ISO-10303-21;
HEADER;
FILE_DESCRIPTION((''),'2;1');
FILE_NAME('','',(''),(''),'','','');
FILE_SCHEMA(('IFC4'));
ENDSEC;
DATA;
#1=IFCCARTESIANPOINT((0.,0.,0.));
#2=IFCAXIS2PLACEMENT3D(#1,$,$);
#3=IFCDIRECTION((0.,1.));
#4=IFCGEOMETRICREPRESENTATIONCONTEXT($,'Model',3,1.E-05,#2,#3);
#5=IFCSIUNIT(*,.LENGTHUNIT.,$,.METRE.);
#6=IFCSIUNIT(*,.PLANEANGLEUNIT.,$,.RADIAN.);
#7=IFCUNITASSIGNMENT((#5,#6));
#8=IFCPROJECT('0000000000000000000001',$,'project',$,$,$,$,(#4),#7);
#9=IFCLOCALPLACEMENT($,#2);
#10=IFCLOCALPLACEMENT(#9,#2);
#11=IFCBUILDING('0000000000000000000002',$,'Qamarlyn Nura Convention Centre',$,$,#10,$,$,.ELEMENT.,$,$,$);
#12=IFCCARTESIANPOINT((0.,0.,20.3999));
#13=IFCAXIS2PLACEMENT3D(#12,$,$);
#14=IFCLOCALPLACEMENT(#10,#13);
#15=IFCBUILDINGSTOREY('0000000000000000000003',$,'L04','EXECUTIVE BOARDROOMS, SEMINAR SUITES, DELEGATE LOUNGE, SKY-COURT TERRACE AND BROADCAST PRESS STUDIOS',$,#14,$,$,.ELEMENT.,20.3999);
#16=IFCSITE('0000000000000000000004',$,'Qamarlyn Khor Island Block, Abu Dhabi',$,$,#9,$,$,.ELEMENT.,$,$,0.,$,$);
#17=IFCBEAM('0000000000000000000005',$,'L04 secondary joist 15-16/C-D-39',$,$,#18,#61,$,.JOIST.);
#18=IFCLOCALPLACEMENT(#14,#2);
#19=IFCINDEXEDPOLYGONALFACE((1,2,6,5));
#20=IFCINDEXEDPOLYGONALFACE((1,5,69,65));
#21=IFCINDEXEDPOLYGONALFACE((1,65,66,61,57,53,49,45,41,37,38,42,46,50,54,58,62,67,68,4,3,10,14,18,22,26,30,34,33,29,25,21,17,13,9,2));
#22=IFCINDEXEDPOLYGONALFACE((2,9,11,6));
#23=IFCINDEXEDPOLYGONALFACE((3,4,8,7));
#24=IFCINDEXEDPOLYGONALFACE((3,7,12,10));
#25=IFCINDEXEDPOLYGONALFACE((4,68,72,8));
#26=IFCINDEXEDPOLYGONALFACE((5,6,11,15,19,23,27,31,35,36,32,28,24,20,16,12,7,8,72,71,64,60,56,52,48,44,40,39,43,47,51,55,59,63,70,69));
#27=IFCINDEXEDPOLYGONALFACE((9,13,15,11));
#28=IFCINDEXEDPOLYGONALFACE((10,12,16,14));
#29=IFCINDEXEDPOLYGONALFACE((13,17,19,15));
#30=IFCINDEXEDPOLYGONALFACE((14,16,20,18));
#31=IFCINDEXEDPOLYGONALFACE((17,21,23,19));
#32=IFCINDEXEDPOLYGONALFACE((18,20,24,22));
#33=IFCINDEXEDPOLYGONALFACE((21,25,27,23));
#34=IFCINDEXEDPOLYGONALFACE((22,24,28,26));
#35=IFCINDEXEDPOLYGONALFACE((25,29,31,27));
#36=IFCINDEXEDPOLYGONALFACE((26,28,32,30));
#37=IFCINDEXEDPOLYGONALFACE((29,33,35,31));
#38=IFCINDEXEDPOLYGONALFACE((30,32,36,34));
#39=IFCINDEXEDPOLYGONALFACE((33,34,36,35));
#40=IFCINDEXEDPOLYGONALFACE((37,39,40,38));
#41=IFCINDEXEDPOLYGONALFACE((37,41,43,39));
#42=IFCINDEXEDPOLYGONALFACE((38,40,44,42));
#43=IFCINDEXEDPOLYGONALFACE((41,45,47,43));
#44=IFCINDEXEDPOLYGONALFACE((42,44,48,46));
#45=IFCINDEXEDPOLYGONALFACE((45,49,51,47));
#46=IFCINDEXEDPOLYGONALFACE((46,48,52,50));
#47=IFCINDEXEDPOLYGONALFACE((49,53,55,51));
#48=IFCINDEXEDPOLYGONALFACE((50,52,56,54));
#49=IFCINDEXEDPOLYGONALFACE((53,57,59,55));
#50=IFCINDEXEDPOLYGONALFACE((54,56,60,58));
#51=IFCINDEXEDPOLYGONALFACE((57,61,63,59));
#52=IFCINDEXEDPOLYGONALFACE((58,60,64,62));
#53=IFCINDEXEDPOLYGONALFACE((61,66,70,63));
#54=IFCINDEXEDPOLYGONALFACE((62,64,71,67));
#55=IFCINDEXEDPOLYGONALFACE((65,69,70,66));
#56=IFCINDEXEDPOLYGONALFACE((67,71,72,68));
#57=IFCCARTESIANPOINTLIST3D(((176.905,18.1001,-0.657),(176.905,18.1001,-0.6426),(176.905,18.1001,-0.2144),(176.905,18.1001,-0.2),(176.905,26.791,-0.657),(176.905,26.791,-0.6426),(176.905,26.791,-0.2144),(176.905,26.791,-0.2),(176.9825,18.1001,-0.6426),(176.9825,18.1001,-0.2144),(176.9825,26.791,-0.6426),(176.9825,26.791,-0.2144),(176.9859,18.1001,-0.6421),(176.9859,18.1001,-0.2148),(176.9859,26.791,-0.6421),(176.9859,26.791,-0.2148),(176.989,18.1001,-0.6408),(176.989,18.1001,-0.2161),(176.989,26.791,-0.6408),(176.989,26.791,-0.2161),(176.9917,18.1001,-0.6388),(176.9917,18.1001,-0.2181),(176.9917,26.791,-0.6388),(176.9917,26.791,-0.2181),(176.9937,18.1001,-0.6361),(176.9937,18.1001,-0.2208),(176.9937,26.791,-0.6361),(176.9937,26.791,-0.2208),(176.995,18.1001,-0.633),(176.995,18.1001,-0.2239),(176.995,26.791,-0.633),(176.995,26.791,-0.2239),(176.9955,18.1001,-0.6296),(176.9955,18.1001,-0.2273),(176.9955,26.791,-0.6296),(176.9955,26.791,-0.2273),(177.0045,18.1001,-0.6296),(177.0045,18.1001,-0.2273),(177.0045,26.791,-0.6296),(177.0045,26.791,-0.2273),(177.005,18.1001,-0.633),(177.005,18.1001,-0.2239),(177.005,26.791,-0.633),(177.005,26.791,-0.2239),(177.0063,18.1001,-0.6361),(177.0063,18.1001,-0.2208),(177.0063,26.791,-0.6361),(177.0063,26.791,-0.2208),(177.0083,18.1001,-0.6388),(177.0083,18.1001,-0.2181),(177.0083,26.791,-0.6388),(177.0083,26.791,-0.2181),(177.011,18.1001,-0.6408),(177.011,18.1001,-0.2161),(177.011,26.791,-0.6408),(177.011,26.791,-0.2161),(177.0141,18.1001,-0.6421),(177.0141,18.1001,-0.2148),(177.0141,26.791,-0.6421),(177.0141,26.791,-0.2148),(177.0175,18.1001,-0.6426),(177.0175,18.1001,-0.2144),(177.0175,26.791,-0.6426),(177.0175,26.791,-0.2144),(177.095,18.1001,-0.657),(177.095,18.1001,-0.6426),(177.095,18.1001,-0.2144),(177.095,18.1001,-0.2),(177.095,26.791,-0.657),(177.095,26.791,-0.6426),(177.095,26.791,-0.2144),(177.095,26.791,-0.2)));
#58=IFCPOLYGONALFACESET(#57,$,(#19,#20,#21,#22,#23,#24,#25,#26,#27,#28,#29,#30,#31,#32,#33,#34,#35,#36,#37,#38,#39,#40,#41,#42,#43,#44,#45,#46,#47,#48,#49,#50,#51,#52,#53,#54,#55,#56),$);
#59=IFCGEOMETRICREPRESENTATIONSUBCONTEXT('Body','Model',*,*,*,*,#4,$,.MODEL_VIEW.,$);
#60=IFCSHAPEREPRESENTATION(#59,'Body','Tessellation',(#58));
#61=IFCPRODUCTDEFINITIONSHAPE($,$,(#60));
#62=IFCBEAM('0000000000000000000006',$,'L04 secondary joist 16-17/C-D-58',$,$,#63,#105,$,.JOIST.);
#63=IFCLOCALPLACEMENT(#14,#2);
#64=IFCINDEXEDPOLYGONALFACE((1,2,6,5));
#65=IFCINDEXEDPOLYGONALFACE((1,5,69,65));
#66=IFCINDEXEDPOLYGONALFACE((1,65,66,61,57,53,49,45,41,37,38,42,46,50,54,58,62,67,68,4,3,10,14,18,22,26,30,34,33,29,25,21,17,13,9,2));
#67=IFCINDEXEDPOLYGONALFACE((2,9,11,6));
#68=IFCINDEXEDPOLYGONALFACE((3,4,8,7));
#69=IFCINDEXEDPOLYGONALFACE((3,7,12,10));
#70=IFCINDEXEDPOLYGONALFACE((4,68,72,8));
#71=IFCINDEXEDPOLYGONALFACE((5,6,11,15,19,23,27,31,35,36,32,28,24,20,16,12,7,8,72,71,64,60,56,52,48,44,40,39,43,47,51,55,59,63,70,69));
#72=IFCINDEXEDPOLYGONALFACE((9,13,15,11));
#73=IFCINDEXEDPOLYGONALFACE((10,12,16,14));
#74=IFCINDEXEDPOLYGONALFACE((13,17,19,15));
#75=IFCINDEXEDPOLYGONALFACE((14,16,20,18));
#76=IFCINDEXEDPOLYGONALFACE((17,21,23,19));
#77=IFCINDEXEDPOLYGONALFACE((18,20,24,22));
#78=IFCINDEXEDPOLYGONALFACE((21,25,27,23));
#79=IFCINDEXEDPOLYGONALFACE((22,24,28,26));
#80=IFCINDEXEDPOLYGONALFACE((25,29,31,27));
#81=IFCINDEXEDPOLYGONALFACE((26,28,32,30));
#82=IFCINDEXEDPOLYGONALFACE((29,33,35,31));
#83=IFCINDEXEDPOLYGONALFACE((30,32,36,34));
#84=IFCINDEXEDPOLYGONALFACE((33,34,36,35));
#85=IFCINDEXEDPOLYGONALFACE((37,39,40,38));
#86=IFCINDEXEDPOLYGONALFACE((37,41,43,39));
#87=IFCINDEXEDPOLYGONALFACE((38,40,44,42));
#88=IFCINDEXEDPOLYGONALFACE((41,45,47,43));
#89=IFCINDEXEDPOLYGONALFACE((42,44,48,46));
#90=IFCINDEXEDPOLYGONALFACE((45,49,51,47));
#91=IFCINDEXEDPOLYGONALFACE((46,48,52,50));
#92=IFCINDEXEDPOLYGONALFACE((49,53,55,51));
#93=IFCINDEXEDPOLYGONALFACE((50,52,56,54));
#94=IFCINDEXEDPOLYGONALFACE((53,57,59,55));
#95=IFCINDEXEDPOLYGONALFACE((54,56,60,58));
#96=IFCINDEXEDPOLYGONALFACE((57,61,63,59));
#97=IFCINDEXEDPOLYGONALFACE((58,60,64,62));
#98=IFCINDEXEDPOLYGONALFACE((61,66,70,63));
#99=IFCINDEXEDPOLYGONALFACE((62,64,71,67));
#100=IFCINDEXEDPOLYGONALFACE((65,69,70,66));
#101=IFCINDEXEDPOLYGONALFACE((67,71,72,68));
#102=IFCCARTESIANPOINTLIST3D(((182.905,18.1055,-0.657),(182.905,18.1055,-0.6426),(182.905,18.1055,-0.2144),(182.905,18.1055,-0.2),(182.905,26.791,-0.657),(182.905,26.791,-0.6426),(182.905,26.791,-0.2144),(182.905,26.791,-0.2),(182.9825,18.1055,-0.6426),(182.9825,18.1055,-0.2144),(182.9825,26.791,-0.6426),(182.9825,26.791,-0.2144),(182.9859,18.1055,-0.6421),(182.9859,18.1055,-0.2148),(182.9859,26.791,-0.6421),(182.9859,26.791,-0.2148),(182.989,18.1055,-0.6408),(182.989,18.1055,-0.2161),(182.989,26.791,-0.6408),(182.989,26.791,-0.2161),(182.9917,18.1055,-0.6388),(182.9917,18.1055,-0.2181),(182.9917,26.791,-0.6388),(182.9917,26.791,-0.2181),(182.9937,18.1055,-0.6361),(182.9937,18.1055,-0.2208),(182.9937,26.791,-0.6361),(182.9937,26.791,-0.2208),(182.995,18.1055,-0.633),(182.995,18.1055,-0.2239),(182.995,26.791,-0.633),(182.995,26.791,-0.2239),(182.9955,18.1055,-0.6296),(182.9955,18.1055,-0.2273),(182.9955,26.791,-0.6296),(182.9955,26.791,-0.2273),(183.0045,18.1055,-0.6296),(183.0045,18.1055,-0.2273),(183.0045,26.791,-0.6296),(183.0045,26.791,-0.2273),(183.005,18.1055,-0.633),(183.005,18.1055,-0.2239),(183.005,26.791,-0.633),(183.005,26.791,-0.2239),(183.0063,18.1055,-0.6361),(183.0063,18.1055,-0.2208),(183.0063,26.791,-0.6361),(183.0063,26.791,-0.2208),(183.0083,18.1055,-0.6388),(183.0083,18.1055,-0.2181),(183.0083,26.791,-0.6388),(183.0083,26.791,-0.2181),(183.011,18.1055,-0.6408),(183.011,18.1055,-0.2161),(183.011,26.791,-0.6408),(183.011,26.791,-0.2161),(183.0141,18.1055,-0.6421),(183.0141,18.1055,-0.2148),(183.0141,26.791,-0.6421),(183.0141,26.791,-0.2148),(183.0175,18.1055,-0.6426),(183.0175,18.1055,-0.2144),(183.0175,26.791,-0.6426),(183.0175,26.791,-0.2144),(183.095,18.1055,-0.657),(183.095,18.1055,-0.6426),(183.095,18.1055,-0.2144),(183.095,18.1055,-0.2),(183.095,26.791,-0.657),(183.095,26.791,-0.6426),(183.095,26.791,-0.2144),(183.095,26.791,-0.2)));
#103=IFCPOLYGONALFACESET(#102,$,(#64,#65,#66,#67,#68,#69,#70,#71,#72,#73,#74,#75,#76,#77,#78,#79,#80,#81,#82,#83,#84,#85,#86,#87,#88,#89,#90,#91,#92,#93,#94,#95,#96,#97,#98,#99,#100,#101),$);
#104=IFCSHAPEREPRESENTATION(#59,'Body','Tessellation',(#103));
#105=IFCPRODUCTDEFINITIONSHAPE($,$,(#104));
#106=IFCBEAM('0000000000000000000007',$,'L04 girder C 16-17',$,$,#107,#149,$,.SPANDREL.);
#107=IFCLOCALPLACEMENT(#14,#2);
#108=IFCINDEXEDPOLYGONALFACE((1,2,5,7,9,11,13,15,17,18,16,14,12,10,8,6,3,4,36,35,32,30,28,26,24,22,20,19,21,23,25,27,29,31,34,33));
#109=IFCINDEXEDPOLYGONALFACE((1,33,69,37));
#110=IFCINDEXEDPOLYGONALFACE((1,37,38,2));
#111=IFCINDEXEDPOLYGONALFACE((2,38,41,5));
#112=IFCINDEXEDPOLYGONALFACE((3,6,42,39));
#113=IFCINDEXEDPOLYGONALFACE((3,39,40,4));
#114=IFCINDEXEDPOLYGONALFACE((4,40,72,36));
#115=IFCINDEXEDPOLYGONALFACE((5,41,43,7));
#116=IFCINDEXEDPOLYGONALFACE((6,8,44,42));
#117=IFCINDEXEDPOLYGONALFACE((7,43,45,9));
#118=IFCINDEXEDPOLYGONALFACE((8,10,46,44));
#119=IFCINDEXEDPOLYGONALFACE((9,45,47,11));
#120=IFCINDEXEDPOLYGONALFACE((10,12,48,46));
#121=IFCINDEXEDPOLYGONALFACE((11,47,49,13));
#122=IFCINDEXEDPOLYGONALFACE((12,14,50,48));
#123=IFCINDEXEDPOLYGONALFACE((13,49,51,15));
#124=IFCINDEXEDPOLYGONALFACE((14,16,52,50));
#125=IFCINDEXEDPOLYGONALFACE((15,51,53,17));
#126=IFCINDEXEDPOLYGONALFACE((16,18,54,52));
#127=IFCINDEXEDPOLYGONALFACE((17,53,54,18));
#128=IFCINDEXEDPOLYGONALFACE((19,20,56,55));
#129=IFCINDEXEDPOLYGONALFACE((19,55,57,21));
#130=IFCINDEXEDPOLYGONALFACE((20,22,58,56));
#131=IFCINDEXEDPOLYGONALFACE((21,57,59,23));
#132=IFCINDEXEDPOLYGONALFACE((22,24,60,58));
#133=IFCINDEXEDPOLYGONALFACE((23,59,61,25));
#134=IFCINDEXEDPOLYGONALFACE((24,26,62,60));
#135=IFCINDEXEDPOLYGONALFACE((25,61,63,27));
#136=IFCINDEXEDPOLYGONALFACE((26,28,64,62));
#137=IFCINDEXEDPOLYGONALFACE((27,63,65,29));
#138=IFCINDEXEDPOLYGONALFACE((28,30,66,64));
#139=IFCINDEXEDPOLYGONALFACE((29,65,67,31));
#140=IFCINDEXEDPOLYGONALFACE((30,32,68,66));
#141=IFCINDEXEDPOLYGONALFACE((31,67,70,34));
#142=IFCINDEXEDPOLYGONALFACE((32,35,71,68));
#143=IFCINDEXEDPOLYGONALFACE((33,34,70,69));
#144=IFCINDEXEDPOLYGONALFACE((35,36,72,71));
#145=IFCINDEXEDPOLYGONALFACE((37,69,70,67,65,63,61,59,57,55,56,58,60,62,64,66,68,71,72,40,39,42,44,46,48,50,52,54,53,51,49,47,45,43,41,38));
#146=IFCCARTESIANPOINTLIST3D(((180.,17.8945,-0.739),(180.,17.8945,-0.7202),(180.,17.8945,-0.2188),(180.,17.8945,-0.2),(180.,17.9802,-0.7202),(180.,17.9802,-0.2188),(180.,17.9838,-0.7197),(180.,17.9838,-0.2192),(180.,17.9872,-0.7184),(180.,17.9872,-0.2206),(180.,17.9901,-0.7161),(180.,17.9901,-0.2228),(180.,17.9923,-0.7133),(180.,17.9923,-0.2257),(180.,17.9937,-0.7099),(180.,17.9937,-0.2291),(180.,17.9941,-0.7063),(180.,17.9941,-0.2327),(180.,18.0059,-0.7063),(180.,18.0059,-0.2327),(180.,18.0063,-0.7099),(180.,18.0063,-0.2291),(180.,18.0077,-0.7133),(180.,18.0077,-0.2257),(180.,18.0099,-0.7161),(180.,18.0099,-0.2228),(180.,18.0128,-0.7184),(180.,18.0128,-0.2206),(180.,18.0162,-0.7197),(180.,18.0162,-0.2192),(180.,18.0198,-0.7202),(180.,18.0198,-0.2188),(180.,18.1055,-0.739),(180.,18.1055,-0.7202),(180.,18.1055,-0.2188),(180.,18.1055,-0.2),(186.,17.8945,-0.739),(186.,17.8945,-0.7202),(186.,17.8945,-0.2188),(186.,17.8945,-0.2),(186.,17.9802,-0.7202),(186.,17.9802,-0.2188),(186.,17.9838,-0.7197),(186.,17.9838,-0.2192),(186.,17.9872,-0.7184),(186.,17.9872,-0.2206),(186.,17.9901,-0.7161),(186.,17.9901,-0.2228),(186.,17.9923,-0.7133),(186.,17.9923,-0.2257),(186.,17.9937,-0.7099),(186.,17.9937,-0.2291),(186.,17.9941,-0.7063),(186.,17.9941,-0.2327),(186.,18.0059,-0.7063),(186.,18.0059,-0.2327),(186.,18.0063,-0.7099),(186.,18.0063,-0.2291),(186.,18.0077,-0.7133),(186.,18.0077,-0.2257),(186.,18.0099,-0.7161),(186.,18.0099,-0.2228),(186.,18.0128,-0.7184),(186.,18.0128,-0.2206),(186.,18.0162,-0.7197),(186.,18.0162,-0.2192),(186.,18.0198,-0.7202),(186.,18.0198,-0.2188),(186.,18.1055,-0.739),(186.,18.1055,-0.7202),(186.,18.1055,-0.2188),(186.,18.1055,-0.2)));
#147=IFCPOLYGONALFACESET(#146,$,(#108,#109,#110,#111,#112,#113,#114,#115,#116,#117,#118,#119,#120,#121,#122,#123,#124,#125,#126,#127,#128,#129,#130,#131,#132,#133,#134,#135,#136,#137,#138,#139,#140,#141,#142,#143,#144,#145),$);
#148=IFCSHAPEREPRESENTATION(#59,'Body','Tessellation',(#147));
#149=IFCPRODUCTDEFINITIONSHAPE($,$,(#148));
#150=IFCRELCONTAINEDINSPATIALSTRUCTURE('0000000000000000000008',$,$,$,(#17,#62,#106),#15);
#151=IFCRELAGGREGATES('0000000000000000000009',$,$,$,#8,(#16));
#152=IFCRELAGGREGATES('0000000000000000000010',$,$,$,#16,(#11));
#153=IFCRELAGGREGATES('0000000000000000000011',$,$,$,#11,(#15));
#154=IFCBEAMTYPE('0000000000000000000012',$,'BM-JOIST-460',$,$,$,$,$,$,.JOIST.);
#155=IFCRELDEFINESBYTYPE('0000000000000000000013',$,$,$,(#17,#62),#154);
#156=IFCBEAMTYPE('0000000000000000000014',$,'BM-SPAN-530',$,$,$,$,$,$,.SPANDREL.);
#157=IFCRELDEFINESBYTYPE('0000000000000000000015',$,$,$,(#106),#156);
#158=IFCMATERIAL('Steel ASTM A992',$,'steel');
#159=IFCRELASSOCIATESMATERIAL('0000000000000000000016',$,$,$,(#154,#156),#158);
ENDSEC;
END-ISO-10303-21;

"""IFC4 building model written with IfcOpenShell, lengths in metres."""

from ifc_helpers import new_model, si_unit, direction, frame, origin, origin_2d, place, context, subcontext, project, spatial, i_section, extrude, material, material_profile, profile_set, type_object, element, save


model = new_model("IFC4")

# Units and contexts
model_context = context("Model", 3, precision=1e-05, world=origin(), true_north=direction((0.0, 1.0)))
body_context = subcontext(model_context, "Body", "Model", "MODEL_VIEW")
ifc_project = project(units=[si_unit("LENGTHUNIT", "METRE"), si_unit("PLANEANGLEUNIT", "RADIAN")], contexts=[model_context])

# Site, building, storey
site_placement = place(None, origin())
site = spatial("IfcSite", under=ifc_project, at=site_placement, Name="Qamarlyn Khor Island Block, Abu Dhabi", CompositionType="ELEMENT", RefElevation=0.0)
building_placement = place(site_placement, origin())
building = spatial("IfcBuilding", under=site, at=building_placement, Name="Qamarlyn Nura Convention Centre", CompositionType="ELEMENT")
storey_placement = place(building_placement, frame((0.0, 0.0, 20.3999)))
storey = spatial("IfcBuildingStorey", under=building, at=storey_placement, Name="L04", Description="EXECUTIVE BOARDROOMS, SEMINAR SUITES, DELEGATE LOUNGE, SKY-COURT TERRACE AND BROADCAST PRESS STUDIOS", CompositionType="ELEMENT", Elevation=20.3999)

# Shared definitions
ifc_material_1 = material(Name="Steel ASTM A992", Category="steel")

# Beams
ifc_material_profile_1 = material_profile(ifc_material_1, i_section(OverallWidth=0.1899, OverallDepth=0.457, WebThickness=0.009, FlangeThickness=0.0144, FilletRadius=0.0129, at=origin_2d()), Name="W460X74")
ifc_profile_set_1 = profile_set([ifc_material_profile_1], Name="Steel ASTM A992")
beam_type_1 = type_object("IfcBeamType", Name="BM-JOIST-460", PredefinedType="JOIST", material=ifc_profile_set_1)
for number, where, z_axis, x_axis, name in (
    (1, (177.0, 18.1001, -0.4285), (0.0, 1.0, 0.0), (-1.0, 0.0, 0.0), "L04 secondary joist 15-16/C-D-39"),
):
    element("IfcBeam", number, at=place(storey_placement, frame(where, z_axis=z_axis, x_axis=x_axis)), inside=storey, type_object=beam_type_1, Name=name, PredefinedType="JOIST", context=body_context, shape_type="SweptSolid", body=[
        extrude(i_section(OverallWidth=0.1899, OverallDepth=0.457, WebThickness=0.009, FlangeThickness=0.0144, FilletRadius=0.0129, at=origin_2d()), origin(), (0.0, 0.0, 1.0), 8.6909),
    ])
beam_1_placement = place(storey_placement, frame((183.0, 18.1055, -0.4285), z_axis=(0.0, 1.0, 0.0), x_axis=(-1.0, 0.0, 0.0)))
element("IfcBeam", 2, at=beam_1_placement, inside=storey, type_object=beam_type_1, Name="L04 secondary joist 16-17/C-D-58", PredefinedType="JOIST", context=body_context, shape_type="SweptSolid", body=[
    extrude(i_section(OverallWidth=0.1899, OverallDepth=0.457, WebThickness=0.009, FlangeThickness=0.0144, FilletRadius=0.0129, at=origin_2d()), origin(), (0.0, 0.0, 1.0), 8.6855),
])
ifc_material_profile_2 = material_profile(ifc_material_1, i_section(OverallWidth=0.2109, OverallDepth=0.5391, WebThickness=0.0117, FlangeThickness=0.0188, FilletRadius=0.0139, at=origin_2d()), Name="W530X109")
ifc_profile_set_2 = profile_set([ifc_material_profile_2], Name="Steel ASTM A992")
beam_type_2 = type_object("IfcBeamType", Name="BM-SPAN-530", PredefinedType="SPANDREL", material=ifc_profile_set_2)
beam_2_placement = place(storey_placement, frame((180.0, 18.0, -0.4695), z_axis=(1.0, 0.0, 0.0), x_axis=(0.0, 1.0, 0.0)))
element("IfcBeam", 3, at=beam_2_placement, inside=storey, type_object=beam_type_2, Name="L04 girder C 16-17", PredefinedType="SPANDREL", context=body_context, shape_type="SweptSolid", body=[
    extrude(i_section(OverallWidth=0.2109, OverallDepth=0.5391, WebThickness=0.0117, FlangeThickness=0.0188, FilletRadius=0.0139, at=origin_2d()), origin(), (0.0, 0.0, 1.0), 6.0),
])

save(model, "model.ifc")
